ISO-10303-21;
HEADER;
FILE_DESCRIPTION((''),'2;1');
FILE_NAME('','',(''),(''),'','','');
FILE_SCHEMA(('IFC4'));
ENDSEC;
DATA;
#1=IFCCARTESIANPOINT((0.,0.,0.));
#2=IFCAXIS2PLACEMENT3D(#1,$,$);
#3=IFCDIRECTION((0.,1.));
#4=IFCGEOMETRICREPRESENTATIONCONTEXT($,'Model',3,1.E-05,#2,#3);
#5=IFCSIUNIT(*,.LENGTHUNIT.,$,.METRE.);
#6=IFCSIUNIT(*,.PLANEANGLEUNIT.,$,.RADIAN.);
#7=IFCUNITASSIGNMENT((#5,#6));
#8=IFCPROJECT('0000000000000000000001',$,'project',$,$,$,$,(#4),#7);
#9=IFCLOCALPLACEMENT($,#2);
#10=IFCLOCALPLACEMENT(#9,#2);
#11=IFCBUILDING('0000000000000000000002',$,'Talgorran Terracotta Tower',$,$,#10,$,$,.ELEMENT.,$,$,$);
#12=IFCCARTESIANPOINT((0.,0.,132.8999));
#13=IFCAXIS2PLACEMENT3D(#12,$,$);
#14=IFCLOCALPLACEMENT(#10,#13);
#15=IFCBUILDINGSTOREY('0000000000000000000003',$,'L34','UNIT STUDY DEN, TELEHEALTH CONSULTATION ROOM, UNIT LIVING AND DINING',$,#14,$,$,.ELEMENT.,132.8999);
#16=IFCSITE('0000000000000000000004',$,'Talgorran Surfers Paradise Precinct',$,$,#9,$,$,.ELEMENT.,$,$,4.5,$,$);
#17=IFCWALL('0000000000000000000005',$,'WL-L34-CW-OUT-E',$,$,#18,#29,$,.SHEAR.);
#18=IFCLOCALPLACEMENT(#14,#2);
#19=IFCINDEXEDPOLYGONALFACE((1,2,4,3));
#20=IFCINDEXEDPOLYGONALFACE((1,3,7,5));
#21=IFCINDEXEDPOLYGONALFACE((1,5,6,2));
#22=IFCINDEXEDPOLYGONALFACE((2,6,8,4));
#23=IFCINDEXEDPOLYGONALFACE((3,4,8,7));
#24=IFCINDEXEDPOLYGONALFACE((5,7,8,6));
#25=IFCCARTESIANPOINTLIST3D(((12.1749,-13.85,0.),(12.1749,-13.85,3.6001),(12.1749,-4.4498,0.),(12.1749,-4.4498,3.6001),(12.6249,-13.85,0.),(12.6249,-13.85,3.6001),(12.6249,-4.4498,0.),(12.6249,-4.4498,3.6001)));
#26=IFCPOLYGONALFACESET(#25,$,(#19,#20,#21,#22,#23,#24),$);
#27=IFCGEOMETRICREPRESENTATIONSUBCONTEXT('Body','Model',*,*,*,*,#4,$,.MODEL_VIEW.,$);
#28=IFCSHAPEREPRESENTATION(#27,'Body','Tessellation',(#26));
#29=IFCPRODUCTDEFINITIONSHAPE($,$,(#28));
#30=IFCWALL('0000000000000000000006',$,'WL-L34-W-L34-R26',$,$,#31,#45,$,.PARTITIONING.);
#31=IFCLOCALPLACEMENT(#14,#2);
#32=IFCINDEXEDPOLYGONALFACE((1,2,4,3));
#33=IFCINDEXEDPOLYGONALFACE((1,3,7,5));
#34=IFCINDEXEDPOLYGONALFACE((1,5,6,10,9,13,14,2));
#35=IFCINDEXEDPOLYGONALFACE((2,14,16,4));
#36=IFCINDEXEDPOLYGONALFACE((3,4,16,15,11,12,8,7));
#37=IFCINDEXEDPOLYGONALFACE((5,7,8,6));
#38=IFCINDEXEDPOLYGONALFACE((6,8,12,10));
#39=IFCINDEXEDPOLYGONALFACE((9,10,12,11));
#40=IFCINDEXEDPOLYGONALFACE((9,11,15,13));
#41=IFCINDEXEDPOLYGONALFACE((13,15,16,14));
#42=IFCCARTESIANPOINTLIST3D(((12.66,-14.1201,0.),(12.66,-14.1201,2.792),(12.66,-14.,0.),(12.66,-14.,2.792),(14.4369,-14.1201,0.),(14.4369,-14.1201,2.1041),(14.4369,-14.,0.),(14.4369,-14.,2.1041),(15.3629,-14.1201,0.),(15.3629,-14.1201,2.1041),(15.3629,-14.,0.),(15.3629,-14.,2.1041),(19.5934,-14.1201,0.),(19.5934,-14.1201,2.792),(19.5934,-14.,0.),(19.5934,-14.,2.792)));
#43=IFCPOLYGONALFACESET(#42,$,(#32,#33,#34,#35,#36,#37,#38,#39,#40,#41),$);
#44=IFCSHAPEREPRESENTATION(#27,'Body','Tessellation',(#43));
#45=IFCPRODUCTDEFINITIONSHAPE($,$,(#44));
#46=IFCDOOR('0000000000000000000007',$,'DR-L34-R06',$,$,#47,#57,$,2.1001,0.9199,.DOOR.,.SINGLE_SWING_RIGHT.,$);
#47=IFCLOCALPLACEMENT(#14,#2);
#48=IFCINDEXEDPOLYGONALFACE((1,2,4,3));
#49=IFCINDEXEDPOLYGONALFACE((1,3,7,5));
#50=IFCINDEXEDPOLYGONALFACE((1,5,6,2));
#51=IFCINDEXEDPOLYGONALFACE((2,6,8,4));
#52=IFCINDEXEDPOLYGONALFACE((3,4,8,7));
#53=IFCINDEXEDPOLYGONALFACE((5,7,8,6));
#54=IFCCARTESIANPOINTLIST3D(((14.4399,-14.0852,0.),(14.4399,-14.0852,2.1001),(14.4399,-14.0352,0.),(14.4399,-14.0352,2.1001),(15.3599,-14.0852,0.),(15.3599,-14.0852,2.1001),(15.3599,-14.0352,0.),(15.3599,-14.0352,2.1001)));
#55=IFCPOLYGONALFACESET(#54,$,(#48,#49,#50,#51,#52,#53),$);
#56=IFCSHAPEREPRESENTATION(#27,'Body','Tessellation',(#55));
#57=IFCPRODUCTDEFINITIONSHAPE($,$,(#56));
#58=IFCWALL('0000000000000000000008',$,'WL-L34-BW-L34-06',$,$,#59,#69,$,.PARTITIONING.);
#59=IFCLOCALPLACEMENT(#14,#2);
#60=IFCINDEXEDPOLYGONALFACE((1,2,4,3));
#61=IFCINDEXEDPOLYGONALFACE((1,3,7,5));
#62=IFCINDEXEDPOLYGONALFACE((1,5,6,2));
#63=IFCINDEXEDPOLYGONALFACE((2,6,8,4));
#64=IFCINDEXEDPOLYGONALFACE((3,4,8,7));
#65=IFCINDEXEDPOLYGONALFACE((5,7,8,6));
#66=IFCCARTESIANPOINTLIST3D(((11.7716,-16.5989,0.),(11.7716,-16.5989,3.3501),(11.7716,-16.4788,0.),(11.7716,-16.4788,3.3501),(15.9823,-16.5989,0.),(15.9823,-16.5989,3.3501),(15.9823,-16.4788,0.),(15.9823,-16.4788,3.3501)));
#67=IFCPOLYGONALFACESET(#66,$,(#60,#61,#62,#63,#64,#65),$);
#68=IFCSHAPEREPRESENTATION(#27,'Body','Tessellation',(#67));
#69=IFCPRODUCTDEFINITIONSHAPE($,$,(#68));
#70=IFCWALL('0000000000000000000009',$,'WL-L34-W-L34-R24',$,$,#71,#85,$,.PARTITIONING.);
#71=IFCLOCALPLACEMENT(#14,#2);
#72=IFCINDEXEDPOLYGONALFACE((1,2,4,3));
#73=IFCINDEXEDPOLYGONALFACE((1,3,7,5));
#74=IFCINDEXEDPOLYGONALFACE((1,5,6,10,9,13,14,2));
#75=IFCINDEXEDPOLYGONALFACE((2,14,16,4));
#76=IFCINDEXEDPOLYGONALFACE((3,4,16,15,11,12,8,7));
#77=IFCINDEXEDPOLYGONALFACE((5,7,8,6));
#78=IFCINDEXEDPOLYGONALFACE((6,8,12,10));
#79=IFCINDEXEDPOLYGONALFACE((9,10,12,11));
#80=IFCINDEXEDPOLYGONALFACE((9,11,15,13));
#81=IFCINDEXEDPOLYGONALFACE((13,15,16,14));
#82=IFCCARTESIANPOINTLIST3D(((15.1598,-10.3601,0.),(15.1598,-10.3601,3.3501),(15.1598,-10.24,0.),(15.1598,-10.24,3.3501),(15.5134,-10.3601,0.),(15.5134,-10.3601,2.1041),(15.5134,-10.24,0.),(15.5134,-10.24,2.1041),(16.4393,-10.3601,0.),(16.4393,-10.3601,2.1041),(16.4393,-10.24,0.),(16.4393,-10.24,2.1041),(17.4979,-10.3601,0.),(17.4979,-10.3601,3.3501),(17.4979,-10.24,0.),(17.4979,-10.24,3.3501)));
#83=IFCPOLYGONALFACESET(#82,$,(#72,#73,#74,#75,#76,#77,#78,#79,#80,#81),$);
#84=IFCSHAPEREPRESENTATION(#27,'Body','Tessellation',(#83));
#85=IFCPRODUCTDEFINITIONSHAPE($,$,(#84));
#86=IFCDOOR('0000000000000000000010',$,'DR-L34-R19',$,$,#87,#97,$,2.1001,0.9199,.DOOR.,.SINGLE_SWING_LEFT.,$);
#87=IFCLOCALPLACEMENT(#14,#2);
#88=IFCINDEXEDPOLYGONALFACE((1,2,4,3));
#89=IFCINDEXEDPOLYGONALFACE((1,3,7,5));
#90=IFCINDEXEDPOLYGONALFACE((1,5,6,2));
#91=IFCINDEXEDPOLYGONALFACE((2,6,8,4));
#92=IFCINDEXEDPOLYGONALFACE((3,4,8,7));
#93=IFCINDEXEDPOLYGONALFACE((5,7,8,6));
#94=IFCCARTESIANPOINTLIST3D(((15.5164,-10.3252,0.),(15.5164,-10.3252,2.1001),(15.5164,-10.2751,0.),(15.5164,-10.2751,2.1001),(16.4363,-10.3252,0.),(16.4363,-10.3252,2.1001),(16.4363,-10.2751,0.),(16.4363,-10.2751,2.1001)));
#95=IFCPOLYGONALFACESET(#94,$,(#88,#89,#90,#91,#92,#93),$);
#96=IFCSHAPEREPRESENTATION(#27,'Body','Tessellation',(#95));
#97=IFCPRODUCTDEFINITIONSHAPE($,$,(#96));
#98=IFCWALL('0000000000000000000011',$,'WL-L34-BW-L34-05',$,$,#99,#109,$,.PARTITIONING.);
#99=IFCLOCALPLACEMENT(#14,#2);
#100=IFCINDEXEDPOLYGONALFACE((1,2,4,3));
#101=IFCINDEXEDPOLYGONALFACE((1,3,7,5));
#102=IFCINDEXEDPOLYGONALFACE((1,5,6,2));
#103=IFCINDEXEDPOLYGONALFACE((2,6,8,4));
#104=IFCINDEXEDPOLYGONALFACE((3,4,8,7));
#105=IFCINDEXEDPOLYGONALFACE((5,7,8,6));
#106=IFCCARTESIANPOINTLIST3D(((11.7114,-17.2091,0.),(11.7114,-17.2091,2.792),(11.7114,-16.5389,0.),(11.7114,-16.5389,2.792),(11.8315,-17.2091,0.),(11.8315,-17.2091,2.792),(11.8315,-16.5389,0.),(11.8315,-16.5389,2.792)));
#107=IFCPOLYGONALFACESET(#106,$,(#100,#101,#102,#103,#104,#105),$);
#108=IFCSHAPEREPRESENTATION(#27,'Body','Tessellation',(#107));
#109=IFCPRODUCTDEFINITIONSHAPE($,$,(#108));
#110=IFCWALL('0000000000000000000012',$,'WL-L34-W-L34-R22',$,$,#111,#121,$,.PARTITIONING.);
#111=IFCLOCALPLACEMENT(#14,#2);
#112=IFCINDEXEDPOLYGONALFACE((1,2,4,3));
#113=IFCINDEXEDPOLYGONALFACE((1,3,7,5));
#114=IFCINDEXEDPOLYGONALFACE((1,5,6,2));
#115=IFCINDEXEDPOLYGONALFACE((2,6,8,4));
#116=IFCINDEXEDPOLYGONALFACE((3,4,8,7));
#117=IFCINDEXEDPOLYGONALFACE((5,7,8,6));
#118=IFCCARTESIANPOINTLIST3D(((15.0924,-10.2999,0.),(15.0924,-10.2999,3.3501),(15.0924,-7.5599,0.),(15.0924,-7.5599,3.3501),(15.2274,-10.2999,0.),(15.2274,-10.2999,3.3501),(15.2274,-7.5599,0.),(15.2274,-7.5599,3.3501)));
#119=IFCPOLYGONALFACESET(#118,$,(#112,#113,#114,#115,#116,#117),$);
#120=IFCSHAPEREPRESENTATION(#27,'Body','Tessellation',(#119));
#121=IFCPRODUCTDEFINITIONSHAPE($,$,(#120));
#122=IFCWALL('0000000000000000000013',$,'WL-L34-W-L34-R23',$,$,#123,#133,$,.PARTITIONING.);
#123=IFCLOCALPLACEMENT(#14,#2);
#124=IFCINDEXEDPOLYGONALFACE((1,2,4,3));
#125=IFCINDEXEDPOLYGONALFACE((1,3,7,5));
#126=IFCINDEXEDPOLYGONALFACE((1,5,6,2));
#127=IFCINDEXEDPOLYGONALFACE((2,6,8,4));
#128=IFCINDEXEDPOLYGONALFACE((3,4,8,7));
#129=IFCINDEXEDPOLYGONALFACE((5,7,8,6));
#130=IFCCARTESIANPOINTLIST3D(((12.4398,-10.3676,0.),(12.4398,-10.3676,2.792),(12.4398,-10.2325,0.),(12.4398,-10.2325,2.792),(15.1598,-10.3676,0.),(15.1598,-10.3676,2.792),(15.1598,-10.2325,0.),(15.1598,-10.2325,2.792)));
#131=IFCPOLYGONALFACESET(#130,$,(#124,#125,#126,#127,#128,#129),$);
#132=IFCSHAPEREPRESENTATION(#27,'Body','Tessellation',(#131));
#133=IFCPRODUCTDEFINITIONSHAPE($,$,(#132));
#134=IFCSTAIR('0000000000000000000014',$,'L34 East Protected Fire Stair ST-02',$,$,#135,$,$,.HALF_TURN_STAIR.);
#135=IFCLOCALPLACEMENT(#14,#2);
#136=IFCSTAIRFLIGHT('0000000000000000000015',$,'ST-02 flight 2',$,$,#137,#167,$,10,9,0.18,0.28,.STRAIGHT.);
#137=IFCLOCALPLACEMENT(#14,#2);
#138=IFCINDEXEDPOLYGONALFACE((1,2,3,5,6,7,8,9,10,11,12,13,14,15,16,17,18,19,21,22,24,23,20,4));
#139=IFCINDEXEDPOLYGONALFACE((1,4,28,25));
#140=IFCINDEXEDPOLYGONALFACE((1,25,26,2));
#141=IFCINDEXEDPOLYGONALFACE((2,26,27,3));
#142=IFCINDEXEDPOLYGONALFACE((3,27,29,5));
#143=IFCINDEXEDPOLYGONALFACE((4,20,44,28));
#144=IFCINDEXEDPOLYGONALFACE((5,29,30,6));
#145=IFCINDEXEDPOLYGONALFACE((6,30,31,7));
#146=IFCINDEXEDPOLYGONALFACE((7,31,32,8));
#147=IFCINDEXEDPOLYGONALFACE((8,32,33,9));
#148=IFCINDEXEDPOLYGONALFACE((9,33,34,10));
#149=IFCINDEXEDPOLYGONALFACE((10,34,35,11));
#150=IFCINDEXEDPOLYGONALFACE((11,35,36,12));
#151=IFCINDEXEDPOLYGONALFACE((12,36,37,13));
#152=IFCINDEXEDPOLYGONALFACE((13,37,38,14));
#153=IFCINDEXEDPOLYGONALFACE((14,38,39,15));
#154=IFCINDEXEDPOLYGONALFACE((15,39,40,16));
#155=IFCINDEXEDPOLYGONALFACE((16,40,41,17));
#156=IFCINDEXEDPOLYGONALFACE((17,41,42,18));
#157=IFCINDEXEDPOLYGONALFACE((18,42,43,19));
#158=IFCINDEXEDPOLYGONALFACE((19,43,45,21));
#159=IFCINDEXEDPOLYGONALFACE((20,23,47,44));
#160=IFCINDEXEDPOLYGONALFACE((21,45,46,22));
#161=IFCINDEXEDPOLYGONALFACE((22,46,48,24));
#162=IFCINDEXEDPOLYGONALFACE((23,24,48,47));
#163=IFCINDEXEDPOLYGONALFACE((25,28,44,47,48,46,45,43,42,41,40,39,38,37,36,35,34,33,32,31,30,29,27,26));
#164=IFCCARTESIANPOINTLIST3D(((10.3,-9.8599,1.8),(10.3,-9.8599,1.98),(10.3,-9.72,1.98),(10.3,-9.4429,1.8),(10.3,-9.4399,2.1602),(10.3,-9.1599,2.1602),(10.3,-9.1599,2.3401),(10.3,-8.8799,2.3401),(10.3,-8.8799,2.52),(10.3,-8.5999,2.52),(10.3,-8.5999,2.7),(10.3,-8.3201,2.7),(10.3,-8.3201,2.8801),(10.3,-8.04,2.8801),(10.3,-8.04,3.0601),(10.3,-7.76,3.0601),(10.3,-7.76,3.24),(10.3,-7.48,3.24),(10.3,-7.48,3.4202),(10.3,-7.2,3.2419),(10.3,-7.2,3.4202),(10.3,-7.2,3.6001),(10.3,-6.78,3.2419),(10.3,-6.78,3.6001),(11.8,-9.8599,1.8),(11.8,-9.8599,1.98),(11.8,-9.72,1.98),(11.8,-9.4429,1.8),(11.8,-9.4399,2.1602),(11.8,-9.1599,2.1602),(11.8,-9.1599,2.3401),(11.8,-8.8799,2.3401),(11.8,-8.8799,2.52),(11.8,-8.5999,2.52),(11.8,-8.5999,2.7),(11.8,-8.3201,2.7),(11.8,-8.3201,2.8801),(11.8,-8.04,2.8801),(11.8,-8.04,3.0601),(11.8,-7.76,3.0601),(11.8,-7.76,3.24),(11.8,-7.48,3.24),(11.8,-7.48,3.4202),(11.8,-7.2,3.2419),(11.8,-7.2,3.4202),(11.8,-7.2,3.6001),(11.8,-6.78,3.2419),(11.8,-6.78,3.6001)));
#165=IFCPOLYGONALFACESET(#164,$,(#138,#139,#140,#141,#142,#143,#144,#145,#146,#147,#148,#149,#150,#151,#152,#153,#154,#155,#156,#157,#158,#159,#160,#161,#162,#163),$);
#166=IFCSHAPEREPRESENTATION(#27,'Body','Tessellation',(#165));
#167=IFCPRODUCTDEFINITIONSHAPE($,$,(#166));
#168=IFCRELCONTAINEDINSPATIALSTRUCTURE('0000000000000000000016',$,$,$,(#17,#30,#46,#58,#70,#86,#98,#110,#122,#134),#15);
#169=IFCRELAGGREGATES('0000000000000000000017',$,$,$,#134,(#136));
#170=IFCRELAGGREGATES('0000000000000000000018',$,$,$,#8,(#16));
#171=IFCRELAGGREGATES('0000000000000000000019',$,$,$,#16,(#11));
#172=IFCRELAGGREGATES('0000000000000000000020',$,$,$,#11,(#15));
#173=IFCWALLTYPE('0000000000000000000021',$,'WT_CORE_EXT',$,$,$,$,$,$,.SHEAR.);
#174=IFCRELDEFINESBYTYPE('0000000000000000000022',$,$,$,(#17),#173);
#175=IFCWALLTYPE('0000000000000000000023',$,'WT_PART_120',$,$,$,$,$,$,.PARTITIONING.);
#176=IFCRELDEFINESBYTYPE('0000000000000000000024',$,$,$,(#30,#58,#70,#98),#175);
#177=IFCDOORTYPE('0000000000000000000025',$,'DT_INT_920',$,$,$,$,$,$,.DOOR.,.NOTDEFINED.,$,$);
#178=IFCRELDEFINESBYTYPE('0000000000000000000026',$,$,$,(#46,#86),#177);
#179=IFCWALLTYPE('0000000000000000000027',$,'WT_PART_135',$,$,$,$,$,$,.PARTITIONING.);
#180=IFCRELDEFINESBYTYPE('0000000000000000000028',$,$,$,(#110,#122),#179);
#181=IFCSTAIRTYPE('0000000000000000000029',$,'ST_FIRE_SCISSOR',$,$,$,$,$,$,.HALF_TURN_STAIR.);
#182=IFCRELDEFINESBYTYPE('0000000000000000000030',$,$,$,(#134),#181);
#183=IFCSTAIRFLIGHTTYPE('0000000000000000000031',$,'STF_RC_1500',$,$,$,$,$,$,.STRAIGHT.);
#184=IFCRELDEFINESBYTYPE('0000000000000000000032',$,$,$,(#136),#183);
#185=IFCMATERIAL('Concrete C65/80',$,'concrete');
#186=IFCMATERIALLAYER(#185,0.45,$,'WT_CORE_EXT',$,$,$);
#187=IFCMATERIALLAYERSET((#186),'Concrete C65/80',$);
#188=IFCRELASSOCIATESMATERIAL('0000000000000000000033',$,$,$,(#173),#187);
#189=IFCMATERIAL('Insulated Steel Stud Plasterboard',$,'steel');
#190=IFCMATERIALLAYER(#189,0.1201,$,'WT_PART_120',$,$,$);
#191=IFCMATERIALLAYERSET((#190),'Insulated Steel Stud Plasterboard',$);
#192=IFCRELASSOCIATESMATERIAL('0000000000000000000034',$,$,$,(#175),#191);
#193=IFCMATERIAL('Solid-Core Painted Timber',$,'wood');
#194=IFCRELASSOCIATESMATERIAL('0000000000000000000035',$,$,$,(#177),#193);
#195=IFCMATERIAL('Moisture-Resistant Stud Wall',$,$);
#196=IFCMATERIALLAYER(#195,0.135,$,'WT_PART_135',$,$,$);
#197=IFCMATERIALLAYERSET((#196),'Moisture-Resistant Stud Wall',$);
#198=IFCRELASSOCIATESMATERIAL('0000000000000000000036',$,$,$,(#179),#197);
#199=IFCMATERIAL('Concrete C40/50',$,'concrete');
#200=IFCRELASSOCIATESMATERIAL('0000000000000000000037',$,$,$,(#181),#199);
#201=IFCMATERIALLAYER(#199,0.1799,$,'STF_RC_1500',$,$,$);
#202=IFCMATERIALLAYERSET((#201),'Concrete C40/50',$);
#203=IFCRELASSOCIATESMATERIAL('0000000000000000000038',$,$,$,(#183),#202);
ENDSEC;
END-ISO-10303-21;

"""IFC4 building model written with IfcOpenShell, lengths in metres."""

from ifc_helpers import new_model, si_unit, direction, frame, frame_2d, origin, place, context, subcontext, project, spatial, polyline, rectangle, outline, extrude, material, layer, layer_set, type_object, element, fill, aggregate, save


model = new_model("IFC4")

# Units and contexts
model_context = context("Model", 3, precision=1e-05, world=origin(), true_north=direction((0.0, 1.0)))
body_context = subcontext(model_context, "Body", "Model", "MODEL_VIEW")
ifc_project = project(units=[si_unit("LENGTHUNIT", "METRE"), si_unit("PLANEANGLEUNIT", "RADIAN")], contexts=[model_context])

# Site, building, storey
site_placement = place(None, origin())
site = spatial("IfcSite", under=ifc_project, at=site_placement, Name="Talgorran Surfers Paradise Precinct", CompositionType="ELEMENT", RefElevation=4.5)
building_placement = place(site_placement, origin())
building = spatial("IfcBuilding", under=site, at=building_placement, Name="Talgorran Terracotta Tower", CompositionType="ELEMENT")
storey_placement = place(building_placement, frame((0.0, 0.0, 132.8999)))
storey = spatial("IfcBuildingStorey", under=building, at=storey_placement, Name="L34", Description="UNIT STUDY DEN, TELEHEALTH CONSULTATION ROOM, UNIT LIVING AND DINING", CompositionType="ELEMENT", Elevation=132.8999)

# Wall
ifc_material_1 = material(Name="Concrete C65/80", Category="concrete")
ifc_layer_1 = layer(ifc_material_1, 0.45, Name="WT_CORE_EXT")
ifc_layer_set_1 = layer_set([ifc_layer_1], Name="Concrete C65/80")
wall_type_1 = type_object("IfcWallType", Name="WT_CORE_EXT", PredefinedType="SHEAR", material=ifc_layer_set_1)
wall_1_placement = place(storey_placement, frame((12.3999, -13.8501, 0.0), z_axis=(0.0, 0.0, 1.0), x_axis=(0.0, 1.0, 0.0)))
element("IfcWall", 1, at=wall_1_placement, inside=storey, type_object=wall_type_1, Name="WL-L34-CW-OUT-E", PredefinedType="SHEAR", context=body_context, shape_type="SweptSolid", body=[
    extrude(rectangle(XDim=9.4001, YDim=0.45, at=frame_2d((4.7002, 0.0))), origin(), (0.0, 0.0, 1.0), 3.6001),
])

# Wall, opening, door
ifc_material_2 = material(Name="Insulated Steel Stud Plasterboard", Category="steel")
ifc_layer_2 = layer(ifc_material_2, 0.1201, Name="WT_PART_120")
ifc_layer_set_2 = layer_set([ifc_layer_2], Name="Insulated Steel Stud Plasterboard")
wall_type_2 = type_object("IfcWallType", Name="WT_PART_120", PredefinedType="PARTITIONING", material=ifc_layer_set_2)
wall_2_placement = place(storey_placement, frame((12.6599, -14.0601, 0.0), z_axis=(0.0, 0.0, 1.0), x_axis=(1.0, 0.0, 0.0)))
wall_2 = element("IfcWall", 2, at=wall_2_placement, inside=storey, type_object=wall_type_2, Name="WL-L34-W-L34-R26", PredefinedType="PARTITIONING", context=body_context, shape_type="SweptSolid", body=[
    extrude(rectangle(XDim=6.9333, YDim=0.1201, at=frame_2d((3.4668, 0.0))), origin(), (0.0, 0.0, 1.0), 2.792),
])
opening_1_placement = place(wall_2_placement, frame((1.78, 0.0, 0.0)))
opening_1 = element("IfcOpeningElement", 3, at=opening_1_placement, cuts=wall_2, PredefinedType="OPENING", context=body_context, shape_type="SweptSolid", body=[
    extrude(rectangle(XDim=0.9259, YDim=2.1041, at=frame_2d((0.46, 1.052))), frame((0.0, 0.0701, 0.0), z_axis=(0.0, -1.0, 0.0), x_axis=(1.0, 0.0, 0.0)), (0.0, 0.0, 1.0), 0.1401),
])
ifc_material_3 = material(Name="Solid-Core Painted Timber", Category="wood")
door_type = type_object("IfcDoorType", Name="DT_INT_920", OperationType="NOTDEFINED", PredefinedType="DOOR", material=ifc_material_3)
door_1_placement = place(opening_1_placement, origin())
door_1 = element("IfcDoor", 4, at=door_1_placement, inside=storey, type_object=door_type, Name="DR-L34-R06", OperationType="SINGLE_SWING_RIGHT", OverallHeight=2.1001, OverallWidth=0.9199, PredefinedType="DOOR", context=body_context, shape_type="SweptSolid", body=[
    extrude(rectangle(XDim=0.9199, YDim=2.1001, at=frame_2d((0.46, 1.05))), frame((0.0, 0.0249, 0.0), z_axis=(0.0, -1.0, 0.0), x_axis=(1.0, 0.0, 0.0)), (0.0, 0.0, 1.0), 0.05),
])
fill(opening_1, door_1)

# Wall
wall_3_placement = place(storey_placement, frame((11.7715, -16.5388, 0.0), z_axis=(0.0, 0.0, 1.0), x_axis=(1.0, 0.0, 0.0)))
element("IfcWall", 5, at=wall_3_placement, inside=storey, type_object=wall_type_2, Name="WL-L34-BW-L34-06", PredefinedType="PARTITIONING", context=body_context, shape_type="SweptSolid", body=[
    extrude(rectangle(XDim=4.2107, YDim=0.1201, at=frame_2d((2.1055, 0.0))), origin(), (0.0, 0.0, 1.0), 3.3501),
])

# Wall, opening, door
wall_4_placement = place(storey_placement, frame((15.1599, -10.3, 0.0), z_axis=(0.0, 0.0, 1.0), x_axis=(1.0, 0.0, 0.0)))
wall_4 = element("IfcWall", 6, at=wall_4_placement, inside=storey, type_object=wall_type_2, Name="WL-L34-W-L34-R24", PredefinedType="PARTITIONING", context=body_context, shape_type="SweptSolid", body=[
    extrude(rectangle(XDim=2.3381, YDim=0.1201, at=frame_2d((1.1689, 0.0))), origin(), (0.0, 0.0, 1.0), 3.3501),
])
opening_2_placement = place(wall_4_placement, frame((0.3564, 0.0, 0.0)))
opening_2 = element("IfcOpeningElement", 7, at=opening_2_placement, cuts=wall_4, PredefinedType="OPENING", context=body_context, shape_type="SweptSolid", body=[
    extrude(rectangle(XDim=0.9259, YDim=2.1041, at=frame_2d((0.46, 1.052))), frame((0.0, 0.0701, 0.0), z_axis=(0.0, -1.0, 0.0), x_axis=(1.0, 0.0, 0.0)), (0.0, 0.0, 1.0), 0.1401),
])
door_2_placement = place(opening_2_placement, origin())
door_2 = element("IfcDoor", 8, at=door_2_placement, inside=storey, type_object=door_type, Name="DR-L34-R19", OperationType="SINGLE_SWING_LEFT", OverallHeight=2.1001, OverallWidth=0.9199, PredefinedType="DOOR", context=body_context, shape_type="SweptSolid", body=[
    extrude(rectangle(XDim=0.9199, YDim=2.1001, at=frame_2d((0.46, 1.05))), frame((0.0, 0.0249, 0.0), z_axis=(0.0, -1.0, 0.0), x_axis=(1.0, 0.0, 0.0)), (0.0, 0.0, 1.0), 0.05),
])
fill(opening_2, door_2)

# Walls
wall_5_placement = place(storey_placement, frame((11.7715, -17.209, 0.0), z_axis=(0.0, 0.0, 1.0), x_axis=(0.0, 1.0, 0.0)))
element("IfcWall", 9, at=wall_5_placement, inside=storey, type_object=wall_type_2, Name="WL-L34-BW-L34-05", PredefinedType="PARTITIONING", context=body_context, shape_type="SweptSolid", body=[
    extrude(rectangle(XDim=0.6702, YDim=0.1201, at=frame_2d((0.335, 0.0))), origin(), (0.0, 0.0, 1.0), 2.792),
])
ifc_material_4 = material(Name="Moisture-Resistant Stud Wall")
ifc_layer_3 = layer(ifc_material_4, 0.135, Name="WT_PART_135")
ifc_layer_set_3 = layer_set([ifc_layer_3], Name="Moisture-Resistant Stud Wall")
wall_type_3 = type_object("IfcWallType", Name="WT_PART_135", PredefinedType="PARTITIONING", material=ifc_layer_set_3)
wall_6_placement = place(storey_placement, frame((15.1599, -10.3, 0.0), z_axis=(0.0, 0.0, 1.0), x_axis=(0.0, 1.0, 0.0)))
element("IfcWall", 10, at=wall_6_placement, inside=storey, type_object=wall_type_3, Name="WL-L34-W-L34-R22", PredefinedType="PARTITIONING", context=body_context, shape_type="SweptSolid", body=[
    extrude(rectangle(XDim=2.74, YDim=0.135, at=frame_2d((1.3701, 0.0))), origin(), (0.0, 0.0, 1.0), 3.3501),
])
wall_7_placement = place(storey_placement, frame((12.4399, -10.3, 0.0), z_axis=(0.0, 0.0, 1.0), x_axis=(1.0, 0.0, 0.0)))
element("IfcWall", 11, at=wall_7_placement, inside=storey, type_object=wall_type_3, Name="WL-L34-W-L34-R23", PredefinedType="PARTITIONING", context=body_context, shape_type="SweptSolid", body=[
    extrude(rectangle(XDim=2.72, YDim=0.135, at=frame_2d((1.3599, 0.0))), origin(), (0.0, 0.0, 1.0), 2.792),
])

# Stair, stair flight
ifc_material_5 = material(Name="Concrete C40/50", Category="concrete")
stair_type = type_object("IfcStairType", Name="ST_FIRE_SCISSOR", PredefinedType="HALF_TURN_STAIR", material=ifc_material_5)
stair_placement = place(storey_placement, origin())
stair = element("IfcStair", 12, at=stair_placement, inside=storey, type_object=stair_type, Name="L34 East Protected Fire Stair ST-02", PredefinedType="HALF_TURN_STAIR")
ifc_layer_4 = layer(ifc_material_5, 0.1799, Name="STF_RC_1500")
ifc_layer_set_4 = layer_set([ifc_layer_4], Name="Concrete C40/50")
stair_flight_type = type_object("IfcStairFlightType", Name="STF_RC_1500", PredefinedType="STRAIGHT", material=ifc_layer_set_4)
stair_flight_placement = place(storey_placement, frame((11.05, -9.72, 1.8), z_axis=(0.0, 0.0, 1.0), x_axis=(0.0, 1.0, 0.0)))
stair_flight = element("IfcStairFlight", 13, at=stair_flight_placement, type_object=stair_flight_type, Name="ST-02 flight 2", NumberOfRisers=10, NumberOfTreads=9, PredefinedType="STRAIGHT", RiserHeight=0.18, TreadLength=0.28, context=body_context, shape_type="SweptSolid", body=[
    extrude(outline(polyline([(-0.1399, 0.0), (-0.1399, 0.1799), (0.0, 0.1799), (0.28, 0.3601), (0.5601, 0.3601), (0.5601, 0.54), (0.8401, 0.54), (0.8401, 0.72), (1.1201, 0.72), (1.1201, 0.8999), (1.3999, 0.8999), (1.3999, 1.0801), (1.6799, 1.0801), (1.6799, 1.26), (1.96, 1.26), (1.96, 1.4399), (2.24, 1.4399), (2.24, 1.6201), (2.52, 1.6201), (2.52, 1.8), (2.9399, 1.8), (2.9399, 1.4419), (2.52, 1.4419), (0.2771, 0.0), (-0.1399, 0.0)])), frame((0.0, 0.75, 0.0), z_axis=(0.0, -1.0, 0.0), x_axis=(1.0, 0.0, 0.0)), (0.0, 0.0, 1.0), 1.5),
])
aggregate(stair, [stair_flight])

save(model, "model.ifc")
